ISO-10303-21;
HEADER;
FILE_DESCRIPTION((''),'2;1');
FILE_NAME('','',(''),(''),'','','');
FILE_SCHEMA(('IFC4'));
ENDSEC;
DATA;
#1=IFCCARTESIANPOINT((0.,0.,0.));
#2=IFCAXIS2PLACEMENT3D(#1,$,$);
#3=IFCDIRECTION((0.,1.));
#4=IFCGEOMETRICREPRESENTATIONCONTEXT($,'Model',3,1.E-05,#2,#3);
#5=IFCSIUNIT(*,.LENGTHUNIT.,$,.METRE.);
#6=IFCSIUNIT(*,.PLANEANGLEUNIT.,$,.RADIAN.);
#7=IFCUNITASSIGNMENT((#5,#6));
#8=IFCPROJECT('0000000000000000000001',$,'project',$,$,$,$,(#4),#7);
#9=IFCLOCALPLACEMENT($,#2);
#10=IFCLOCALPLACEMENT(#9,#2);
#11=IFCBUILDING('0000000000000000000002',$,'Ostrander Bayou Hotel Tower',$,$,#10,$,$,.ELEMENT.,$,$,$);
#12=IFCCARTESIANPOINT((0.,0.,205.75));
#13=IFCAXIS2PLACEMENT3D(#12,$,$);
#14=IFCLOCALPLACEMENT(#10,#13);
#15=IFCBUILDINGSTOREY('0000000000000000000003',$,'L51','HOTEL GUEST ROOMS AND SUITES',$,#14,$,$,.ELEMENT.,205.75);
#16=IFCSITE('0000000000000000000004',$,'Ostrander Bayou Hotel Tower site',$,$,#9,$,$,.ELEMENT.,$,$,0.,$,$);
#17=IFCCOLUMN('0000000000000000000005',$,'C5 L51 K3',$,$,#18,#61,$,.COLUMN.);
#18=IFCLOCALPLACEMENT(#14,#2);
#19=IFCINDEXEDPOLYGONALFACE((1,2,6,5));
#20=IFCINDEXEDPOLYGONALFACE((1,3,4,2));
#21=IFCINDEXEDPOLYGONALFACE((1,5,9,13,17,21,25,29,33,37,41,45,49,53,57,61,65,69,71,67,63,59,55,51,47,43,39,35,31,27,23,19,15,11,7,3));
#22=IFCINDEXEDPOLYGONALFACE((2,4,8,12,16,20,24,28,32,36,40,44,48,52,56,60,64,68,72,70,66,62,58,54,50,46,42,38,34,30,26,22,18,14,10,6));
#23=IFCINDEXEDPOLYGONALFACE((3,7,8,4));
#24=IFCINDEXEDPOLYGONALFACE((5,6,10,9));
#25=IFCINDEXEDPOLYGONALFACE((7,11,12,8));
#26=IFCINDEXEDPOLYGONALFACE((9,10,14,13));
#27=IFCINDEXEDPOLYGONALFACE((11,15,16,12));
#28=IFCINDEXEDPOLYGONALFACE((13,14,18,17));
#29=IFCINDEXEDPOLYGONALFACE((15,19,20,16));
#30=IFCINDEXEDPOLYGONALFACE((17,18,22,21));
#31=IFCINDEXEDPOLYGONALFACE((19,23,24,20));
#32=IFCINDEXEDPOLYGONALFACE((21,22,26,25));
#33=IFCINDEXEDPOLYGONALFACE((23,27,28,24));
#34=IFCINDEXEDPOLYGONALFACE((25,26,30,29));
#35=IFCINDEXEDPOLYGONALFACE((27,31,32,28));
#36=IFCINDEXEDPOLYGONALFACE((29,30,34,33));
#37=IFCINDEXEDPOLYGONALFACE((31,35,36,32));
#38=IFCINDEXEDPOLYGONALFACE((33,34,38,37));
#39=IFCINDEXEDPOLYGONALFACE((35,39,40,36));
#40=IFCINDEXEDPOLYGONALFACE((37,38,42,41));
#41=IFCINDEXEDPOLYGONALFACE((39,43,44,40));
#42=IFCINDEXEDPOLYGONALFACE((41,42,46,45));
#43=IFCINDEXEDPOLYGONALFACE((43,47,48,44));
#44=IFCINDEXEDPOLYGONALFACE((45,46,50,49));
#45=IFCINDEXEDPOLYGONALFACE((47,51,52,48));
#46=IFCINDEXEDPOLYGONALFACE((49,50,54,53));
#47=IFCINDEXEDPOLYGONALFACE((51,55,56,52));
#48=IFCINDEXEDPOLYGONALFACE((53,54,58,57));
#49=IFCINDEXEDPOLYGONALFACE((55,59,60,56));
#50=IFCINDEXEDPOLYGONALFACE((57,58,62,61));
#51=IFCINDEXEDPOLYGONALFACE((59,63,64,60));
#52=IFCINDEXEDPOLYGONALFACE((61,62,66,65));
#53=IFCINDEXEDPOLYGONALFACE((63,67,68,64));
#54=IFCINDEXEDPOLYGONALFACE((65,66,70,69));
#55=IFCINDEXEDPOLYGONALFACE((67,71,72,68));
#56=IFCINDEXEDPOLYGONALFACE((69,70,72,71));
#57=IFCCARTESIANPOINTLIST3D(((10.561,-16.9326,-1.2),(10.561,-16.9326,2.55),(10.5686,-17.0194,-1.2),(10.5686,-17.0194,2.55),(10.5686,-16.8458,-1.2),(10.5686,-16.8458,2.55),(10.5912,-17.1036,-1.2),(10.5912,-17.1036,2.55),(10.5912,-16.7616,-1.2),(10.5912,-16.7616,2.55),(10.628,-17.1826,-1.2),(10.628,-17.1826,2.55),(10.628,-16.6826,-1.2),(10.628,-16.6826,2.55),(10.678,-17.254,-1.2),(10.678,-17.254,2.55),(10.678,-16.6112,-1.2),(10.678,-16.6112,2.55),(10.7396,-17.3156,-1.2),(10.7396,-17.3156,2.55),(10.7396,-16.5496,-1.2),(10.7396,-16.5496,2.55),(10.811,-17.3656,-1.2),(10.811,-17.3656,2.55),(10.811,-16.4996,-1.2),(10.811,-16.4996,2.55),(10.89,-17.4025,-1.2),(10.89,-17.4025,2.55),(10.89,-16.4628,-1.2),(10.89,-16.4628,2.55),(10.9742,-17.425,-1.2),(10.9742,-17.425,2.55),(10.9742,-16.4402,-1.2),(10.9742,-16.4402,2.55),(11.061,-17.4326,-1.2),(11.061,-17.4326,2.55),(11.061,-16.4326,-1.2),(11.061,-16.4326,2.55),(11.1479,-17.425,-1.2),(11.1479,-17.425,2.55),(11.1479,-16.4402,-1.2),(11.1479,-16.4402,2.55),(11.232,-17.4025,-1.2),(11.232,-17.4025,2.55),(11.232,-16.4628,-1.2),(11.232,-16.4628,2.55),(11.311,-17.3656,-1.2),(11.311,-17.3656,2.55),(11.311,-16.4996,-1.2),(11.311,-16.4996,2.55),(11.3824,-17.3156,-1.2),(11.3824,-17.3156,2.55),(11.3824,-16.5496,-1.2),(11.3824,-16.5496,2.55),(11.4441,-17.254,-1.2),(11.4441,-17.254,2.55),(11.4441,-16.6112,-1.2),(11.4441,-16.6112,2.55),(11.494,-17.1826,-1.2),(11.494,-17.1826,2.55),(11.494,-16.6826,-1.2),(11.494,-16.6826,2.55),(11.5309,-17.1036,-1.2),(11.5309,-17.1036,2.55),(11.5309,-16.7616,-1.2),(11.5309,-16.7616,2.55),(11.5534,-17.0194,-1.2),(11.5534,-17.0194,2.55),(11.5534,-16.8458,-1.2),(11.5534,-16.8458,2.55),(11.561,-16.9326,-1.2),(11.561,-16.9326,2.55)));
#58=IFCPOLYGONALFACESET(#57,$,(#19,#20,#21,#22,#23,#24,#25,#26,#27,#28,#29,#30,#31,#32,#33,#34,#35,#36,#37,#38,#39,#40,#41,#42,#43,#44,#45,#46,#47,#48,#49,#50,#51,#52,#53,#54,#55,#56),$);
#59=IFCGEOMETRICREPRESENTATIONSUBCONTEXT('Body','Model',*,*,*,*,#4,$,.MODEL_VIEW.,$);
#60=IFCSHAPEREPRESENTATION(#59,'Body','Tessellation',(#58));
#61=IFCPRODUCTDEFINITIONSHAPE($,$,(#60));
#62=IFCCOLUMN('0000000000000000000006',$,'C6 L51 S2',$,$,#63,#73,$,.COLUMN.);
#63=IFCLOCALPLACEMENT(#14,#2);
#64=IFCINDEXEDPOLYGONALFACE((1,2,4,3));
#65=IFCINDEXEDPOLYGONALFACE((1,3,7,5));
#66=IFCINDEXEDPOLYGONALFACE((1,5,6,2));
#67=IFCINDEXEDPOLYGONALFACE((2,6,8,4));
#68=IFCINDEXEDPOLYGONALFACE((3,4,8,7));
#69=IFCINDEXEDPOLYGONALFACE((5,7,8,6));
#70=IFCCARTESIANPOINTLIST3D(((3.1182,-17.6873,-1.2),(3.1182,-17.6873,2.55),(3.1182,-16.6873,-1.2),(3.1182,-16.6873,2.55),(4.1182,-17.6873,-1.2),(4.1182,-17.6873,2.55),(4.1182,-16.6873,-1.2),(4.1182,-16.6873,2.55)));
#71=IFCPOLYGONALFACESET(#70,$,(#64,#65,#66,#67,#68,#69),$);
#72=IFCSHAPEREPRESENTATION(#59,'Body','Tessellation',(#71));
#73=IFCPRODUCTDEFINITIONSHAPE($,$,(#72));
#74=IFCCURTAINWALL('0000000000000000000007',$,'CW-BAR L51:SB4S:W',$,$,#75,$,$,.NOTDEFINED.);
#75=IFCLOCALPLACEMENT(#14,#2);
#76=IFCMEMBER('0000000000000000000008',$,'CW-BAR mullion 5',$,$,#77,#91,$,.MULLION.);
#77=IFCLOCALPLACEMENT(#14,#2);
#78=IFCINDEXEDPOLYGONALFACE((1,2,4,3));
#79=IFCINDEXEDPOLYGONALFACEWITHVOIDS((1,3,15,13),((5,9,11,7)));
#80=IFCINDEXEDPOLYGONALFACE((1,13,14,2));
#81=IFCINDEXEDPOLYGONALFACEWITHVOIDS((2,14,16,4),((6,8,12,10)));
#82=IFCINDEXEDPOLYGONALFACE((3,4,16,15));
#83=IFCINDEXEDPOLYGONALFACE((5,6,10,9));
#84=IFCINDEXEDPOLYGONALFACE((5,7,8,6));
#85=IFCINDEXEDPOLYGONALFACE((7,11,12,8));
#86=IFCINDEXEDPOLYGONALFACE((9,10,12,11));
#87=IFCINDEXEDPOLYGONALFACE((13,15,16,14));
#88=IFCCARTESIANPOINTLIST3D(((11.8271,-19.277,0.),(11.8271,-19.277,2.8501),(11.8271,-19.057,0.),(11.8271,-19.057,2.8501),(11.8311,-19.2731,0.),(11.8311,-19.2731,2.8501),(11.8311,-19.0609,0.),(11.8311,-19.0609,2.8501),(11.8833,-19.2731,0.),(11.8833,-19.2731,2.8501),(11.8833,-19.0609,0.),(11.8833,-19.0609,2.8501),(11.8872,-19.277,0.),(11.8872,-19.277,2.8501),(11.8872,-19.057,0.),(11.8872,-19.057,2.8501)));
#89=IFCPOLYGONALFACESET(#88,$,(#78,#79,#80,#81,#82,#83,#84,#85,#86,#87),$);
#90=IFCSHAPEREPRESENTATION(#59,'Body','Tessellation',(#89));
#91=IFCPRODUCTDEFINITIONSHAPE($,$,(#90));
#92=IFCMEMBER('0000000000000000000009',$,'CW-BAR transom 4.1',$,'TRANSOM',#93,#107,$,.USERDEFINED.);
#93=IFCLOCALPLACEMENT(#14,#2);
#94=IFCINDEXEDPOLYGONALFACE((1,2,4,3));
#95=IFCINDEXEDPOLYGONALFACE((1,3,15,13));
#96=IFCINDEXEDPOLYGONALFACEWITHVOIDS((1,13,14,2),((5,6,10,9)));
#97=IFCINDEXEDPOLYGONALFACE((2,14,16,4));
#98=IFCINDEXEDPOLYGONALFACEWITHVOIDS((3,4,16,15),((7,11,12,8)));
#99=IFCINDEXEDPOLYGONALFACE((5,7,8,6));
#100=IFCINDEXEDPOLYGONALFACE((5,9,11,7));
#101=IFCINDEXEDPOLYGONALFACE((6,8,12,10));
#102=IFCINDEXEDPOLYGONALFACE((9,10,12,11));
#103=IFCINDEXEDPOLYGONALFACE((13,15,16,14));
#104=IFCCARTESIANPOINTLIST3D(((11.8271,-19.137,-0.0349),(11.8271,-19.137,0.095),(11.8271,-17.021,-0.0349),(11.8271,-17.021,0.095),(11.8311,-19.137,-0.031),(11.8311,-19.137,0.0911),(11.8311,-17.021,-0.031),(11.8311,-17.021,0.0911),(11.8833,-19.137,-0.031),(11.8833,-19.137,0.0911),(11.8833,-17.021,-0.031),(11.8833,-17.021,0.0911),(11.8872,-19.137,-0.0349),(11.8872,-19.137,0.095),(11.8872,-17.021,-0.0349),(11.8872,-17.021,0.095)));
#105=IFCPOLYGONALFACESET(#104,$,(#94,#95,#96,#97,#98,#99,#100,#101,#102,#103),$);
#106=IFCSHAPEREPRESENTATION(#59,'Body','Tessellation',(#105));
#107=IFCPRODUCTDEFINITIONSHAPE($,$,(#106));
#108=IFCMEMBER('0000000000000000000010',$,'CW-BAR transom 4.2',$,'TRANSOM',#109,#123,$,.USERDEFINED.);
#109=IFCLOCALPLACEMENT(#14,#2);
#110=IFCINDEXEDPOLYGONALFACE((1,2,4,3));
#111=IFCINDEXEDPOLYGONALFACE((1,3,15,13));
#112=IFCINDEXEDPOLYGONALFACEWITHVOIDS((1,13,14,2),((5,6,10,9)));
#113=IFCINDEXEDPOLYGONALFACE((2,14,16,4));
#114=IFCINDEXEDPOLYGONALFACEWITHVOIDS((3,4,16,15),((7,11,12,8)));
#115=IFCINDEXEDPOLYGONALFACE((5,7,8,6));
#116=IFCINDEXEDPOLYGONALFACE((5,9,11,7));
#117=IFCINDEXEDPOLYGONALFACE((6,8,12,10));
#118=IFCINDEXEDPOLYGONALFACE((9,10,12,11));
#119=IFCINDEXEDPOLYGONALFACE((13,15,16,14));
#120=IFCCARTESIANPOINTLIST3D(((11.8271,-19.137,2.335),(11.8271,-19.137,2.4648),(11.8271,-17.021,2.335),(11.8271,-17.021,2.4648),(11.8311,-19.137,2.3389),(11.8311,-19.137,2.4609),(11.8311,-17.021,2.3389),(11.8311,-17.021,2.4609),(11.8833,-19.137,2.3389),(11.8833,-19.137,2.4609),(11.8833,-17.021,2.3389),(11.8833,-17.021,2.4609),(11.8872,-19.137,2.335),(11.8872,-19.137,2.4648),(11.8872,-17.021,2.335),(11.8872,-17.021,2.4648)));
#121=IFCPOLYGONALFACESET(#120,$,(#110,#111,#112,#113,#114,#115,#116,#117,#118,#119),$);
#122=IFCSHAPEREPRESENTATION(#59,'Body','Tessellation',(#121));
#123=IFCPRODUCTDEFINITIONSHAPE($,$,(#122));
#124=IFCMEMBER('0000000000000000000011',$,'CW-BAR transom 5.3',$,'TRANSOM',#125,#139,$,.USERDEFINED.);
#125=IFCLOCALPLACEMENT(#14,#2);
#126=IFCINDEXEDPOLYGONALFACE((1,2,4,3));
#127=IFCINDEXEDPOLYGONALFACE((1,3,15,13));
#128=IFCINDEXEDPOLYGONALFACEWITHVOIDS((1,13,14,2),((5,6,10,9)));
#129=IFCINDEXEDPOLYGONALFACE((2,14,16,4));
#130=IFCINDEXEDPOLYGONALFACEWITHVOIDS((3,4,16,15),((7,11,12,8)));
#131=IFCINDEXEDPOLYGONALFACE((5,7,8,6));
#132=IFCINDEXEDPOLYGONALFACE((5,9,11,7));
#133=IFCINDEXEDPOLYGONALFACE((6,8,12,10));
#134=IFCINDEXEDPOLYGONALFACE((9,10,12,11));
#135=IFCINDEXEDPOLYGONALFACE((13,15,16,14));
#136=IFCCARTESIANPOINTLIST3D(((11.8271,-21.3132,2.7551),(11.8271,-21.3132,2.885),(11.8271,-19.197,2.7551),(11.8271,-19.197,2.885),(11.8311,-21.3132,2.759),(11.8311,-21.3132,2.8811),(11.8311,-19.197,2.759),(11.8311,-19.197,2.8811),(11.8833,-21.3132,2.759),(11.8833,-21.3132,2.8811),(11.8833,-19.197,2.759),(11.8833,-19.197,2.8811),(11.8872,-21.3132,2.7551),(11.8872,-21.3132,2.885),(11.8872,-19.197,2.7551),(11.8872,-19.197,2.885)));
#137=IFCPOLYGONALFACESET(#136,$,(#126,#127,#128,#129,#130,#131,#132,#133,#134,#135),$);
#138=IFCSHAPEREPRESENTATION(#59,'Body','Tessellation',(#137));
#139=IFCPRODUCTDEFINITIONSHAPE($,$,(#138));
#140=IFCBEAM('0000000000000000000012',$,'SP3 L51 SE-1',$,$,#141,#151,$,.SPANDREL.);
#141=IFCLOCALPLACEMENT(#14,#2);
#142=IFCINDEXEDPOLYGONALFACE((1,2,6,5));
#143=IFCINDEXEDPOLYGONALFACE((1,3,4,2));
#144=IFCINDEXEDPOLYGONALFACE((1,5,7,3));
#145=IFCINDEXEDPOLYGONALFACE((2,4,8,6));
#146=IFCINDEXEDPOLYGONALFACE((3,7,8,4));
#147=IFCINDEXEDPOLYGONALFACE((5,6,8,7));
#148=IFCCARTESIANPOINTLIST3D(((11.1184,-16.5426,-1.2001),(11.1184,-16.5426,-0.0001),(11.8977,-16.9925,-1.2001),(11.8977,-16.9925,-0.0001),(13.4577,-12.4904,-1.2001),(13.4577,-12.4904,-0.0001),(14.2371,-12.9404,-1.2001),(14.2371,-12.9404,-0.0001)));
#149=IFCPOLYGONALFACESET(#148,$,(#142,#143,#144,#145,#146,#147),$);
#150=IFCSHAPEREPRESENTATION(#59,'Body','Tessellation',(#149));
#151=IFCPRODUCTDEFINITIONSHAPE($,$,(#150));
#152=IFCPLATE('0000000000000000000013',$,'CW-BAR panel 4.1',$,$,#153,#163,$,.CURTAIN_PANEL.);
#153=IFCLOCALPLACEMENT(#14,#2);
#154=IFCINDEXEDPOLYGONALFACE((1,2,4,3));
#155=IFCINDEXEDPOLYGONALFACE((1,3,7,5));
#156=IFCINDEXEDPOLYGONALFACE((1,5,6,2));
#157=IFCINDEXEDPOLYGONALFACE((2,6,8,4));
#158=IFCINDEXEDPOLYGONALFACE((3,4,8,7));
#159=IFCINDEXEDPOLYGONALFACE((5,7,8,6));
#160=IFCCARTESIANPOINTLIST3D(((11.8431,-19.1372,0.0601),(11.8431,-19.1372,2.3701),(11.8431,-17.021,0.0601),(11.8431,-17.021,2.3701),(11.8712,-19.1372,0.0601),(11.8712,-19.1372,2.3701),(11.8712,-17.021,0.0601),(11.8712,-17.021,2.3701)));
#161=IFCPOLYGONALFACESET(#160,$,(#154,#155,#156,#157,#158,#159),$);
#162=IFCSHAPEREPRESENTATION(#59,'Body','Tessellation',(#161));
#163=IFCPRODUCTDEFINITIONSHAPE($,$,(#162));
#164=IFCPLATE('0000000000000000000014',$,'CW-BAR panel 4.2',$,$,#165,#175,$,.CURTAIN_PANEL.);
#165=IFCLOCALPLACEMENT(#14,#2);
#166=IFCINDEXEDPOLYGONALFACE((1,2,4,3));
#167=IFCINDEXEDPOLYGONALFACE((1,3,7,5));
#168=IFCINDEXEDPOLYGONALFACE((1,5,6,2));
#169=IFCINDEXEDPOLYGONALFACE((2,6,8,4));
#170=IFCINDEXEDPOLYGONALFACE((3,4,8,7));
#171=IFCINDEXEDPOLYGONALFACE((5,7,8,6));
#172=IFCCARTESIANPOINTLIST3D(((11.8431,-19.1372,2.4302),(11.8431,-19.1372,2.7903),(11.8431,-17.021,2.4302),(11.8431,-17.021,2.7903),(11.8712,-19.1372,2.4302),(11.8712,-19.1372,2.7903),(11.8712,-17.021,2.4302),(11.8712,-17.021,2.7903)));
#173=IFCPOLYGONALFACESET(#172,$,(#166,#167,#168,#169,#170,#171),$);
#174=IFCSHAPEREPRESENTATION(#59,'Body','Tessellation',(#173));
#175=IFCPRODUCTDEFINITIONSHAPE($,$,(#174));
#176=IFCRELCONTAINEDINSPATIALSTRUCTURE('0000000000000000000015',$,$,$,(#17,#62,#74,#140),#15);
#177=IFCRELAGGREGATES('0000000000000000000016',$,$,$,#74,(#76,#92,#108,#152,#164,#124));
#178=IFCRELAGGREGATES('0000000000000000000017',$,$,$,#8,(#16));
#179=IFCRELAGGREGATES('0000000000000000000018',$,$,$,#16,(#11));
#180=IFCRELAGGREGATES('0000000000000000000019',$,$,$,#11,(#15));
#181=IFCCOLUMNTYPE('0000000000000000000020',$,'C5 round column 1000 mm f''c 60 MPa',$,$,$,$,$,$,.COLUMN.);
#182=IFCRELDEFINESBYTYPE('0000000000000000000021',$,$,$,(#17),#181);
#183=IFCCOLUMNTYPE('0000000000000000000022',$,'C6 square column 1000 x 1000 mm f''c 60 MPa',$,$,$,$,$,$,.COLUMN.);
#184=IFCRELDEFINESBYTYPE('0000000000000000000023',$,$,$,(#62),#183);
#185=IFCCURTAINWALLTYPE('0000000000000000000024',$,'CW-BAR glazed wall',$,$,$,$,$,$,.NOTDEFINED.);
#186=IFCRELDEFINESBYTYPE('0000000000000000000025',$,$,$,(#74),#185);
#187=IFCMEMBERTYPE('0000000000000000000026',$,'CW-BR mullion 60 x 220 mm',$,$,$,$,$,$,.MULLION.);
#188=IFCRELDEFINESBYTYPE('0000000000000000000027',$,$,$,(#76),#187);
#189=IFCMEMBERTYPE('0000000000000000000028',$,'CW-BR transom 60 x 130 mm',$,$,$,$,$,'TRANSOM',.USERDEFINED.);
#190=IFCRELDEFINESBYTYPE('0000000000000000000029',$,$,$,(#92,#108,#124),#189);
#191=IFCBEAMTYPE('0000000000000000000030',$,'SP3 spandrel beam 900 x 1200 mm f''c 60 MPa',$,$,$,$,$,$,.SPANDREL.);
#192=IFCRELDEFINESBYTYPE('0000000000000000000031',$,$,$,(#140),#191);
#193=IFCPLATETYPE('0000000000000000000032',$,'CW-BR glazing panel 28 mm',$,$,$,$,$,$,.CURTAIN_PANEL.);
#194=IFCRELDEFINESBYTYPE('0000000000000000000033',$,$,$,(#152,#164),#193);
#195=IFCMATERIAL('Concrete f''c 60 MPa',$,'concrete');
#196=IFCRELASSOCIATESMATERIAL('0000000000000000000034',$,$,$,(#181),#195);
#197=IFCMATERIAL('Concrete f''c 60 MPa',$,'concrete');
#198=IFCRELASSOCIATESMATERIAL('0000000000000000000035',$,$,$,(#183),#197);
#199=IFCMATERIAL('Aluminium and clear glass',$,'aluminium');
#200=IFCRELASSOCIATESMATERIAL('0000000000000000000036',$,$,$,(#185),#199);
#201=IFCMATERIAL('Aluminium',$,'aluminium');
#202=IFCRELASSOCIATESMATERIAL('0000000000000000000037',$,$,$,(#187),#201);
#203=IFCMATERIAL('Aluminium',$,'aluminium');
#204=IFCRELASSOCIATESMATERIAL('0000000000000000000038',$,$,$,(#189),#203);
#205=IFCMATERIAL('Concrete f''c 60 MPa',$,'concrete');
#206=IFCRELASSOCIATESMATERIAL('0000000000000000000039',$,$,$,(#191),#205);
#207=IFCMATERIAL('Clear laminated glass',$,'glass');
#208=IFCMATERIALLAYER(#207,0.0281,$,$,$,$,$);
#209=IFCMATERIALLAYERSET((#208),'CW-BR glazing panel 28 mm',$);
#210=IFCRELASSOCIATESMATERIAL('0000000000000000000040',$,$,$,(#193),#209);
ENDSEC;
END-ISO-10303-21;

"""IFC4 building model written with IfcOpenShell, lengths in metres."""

from ifc_helpers import new_model, si_unit, direction, frame, origin, origin_2d, place, context, subcontext, project, spatial, rectangle, hollow_rectangle, circle, extrude, material, layer, layer_set, material_profile, profile_set, type_object, element, aggregate, save


model = new_model("IFC4")

# Units and contexts
model_context = context("Model", 3, precision=1e-05, world=origin(), true_north=direction((0.0, 1.0)))
body_context = subcontext(model_context, "Body", "Model", "MODEL_VIEW")
ifc_project = project(units=[si_unit("LENGTHUNIT", "METRE"), si_unit("PLANEANGLEUNIT", "RADIAN")], contexts=[model_context])

# Site, building, storey
site_placement = place(None, origin())
site = spatial("IfcSite", under=ifc_project, at=site_placement, Name="Ostrander Bayou Hotel Tower site", CompositionType="ELEMENT", RefElevation=0.0)
building_placement = place(site_placement, origin())
building = spatial("IfcBuilding", under=site, at=building_placement, Name="Ostrander Bayou Hotel Tower", CompositionType="ELEMENT")
storey_placement = place(building_placement, frame((0.0, 0.0, 205.75)))
storey = spatial("IfcBuildingStorey", under=building, at=storey_placement, Name="L51", Description="HOTEL GUEST ROOMS AND SUITES", CompositionType="ELEMENT", Elevation=205.75)

# Columns
ifc_material_1 = material(Name="Concrete f'c 60 MPa", Category="concrete")
ifc_material_profile_1 = material_profile(ifc_material_1, circle(Radius=0.5, at=origin_2d()))
ifc_profile_set_1 = profile_set([ifc_material_profile_1], Name="Concrete f'c 60 MPa")
column_type_1 = type_object("IfcColumnType", Name="C5 round column 1000 mm f'c 60 MPa", PredefinedType="COLUMN", material=ifc_profile_set_1)
column_1_placement = place(storey_placement, frame((11.061, -16.9326, -1.2), z_axis=(0.0, 0.0, 1.0), x_axis=(1.0, 0.0, 0.0)))
element("IfcColumn", 1, at=column_1_placement, inside=storey, type_object=column_type_1, Name="C5 L51 K3", PredefinedType="COLUMN", context=body_context, shape_type="SweptSolid", body=[
    extrude(circle(Radius=0.5, at=origin_2d()), origin(), (0.0, 0.0, 1.0), 3.75),
])
ifc_material_2 = material(Name="Concrete f'c 60 MPa", Category="concrete")
ifc_material_profile_2 = material_profile(ifc_material_2, rectangle(XDim=1.0, YDim=1.0, at=origin_2d()))
ifc_profile_set_2 = profile_set([ifc_material_profile_2], Name="Concrete f'c 60 MPa")
column_type_2 = type_object("IfcColumnType", Name="C6 square column 1000 x 1000 mm f'c 60 MPa", PredefinedType="COLUMN", material=ifc_profile_set_2)
column_2_placement = place(storey_placement, frame((3.6182, -17.1873, -1.2), z_axis=(0.0, 0.0, 1.0), x_axis=(-1.0, 0.0, 0.0)))
element("IfcColumn", 2, at=column_2_placement, inside=storey, type_object=column_type_2, Name="C6 L51 S2", PredefinedType="COLUMN", context=body_context, shape_type="SweptSolid", body=[
    extrude(rectangle(XDim=1.0, YDim=1.0, at=origin_2d()), origin(), (0.0, 0.0, 1.0), 3.75),
])

# Curtain wall, members
ifc_material_3 = material(Name="Aluminium and clear glass", Category="aluminium")
curtain_wall_type = type_object("IfcCurtainWallType", Name="CW-BAR glazed wall", PredefinedType="NOTDEFINED", material=ifc_material_3)
curtain_wall_placement = place(storey_placement, origin())
curtain_wall = element("IfcCurtainWall", 3, at=curtain_wall_placement, inside=storey, type_object=curtain_wall_type, Name="CW-BAR L51:SB4S:W", PredefinedType="NOTDEFINED")
ifc_material_4 = material(Name="Aluminium", Category="aluminium")
ifc_material_profile_3 = material_profile(ifc_material_4, hollow_rectangle(XDim=0.0601, YDim=0.22, WallThickness=0.0039, at=origin_2d()))
ifc_profile_set_3 = profile_set([ifc_material_profile_3], Name="Aluminium")
member_type_1 = type_object("IfcMemberType", Name="CW-BR mullion 60 x 220 mm", PredefinedType="MULLION", material=ifc_profile_set_3)
member_1_placement = place(storey_placement, frame((11.8572, -19.167, 0.0), z_axis=(0.0, 0.0, 1.0), x_axis=(1.0, 0.0, 0.0)))
member_1 = element("IfcMember", 4, at=member_1_placement, type_object=member_type_1, Name="CW-BAR mullion 5", PredefinedType="MULLION", context=body_context, shape_type="SweptSolid", body=[
    extrude(hollow_rectangle(XDim=0.0601, YDim=0.22, WallThickness=0.0039, at=origin_2d()), origin(), (0.0, 0.0, 1.0), 2.8501),
])
ifc_material_5 = material(Name="Aluminium", Category="aluminium")
ifc_material_profile_4 = material_profile(ifc_material_5, hollow_rectangle(XDim=0.0601, YDim=0.1299, WallThickness=0.0039, at=origin_2d()))
ifc_profile_set_4 = profile_set([ifc_material_profile_4], Name="Aluminium")
member_type_2 = type_object("IfcMemberType", Name="CW-BR transom 60 x 130 mm", ElementType="TRANSOM", PredefinedType="USERDEFINED", material=ifc_profile_set_4)
member_2_placement = place(storey_placement, frame((11.8572, -17.021, 0.03), z_axis=(0.0, -1.0, 0.0), x_axis=(1.0, 0.0, 0.0)))
member_2 = element("IfcMember", 5, at=member_2_placement, type_object=member_type_2, Name="CW-BAR transom 4.1", ObjectType="TRANSOM", PredefinedType="USERDEFINED", context=body_context, shape_type="SweptSolid", body=[
    extrude(hollow_rectangle(XDim=0.0601, YDim=0.1299, WallThickness=0.0039, at=origin_2d()), origin(), (0.0, 0.0, 1.0), 2.116),
])
member_3_placement = place(storey_placement, frame((11.8572, -17.021, 2.3999), z_axis=(0.0, -1.0, 0.0), x_axis=(1.0, 0.0, 0.0)))
member_3 = element("IfcMember", 6, at=member_3_placement, type_object=member_type_2, Name="CW-BAR transom 4.2", ObjectType="TRANSOM", PredefinedType="USERDEFINED", context=body_context, shape_type="SweptSolid", body=[
    extrude(hollow_rectangle(XDim=0.0601, YDim=0.1299, WallThickness=0.0039, at=origin_2d()), origin(), (0.0, 0.0, 1.0), 2.116),
])
member_4_placement = place(storey_placement, frame((11.8572, -19.197, 2.8201), z_axis=(0.0, -1.0, 0.0), x_axis=(1.0, 0.0, 0.0)))
member_4 = element("IfcMember", 7, at=member_4_placement, type_object=member_type_2, Name="CW-BAR transom 5.3", ObjectType="TRANSOM", PredefinedType="USERDEFINED", context=body_context, shape_type="SweptSolid", body=[
    extrude(hollow_rectangle(XDim=0.0601, YDim=0.1299, WallThickness=0.0039, at=origin_2d()), origin(), (0.0, 0.0, 1.0), 2.1162),
])

# Beam
ifc_material_6 = material(Name="Concrete f'c 60 MPa", Category="concrete")
ifc_material_profile_5 = material_profile(ifc_material_6, rectangle(XDim=0.8999, YDim=1.2, at=origin_2d()))
ifc_profile_set_5 = profile_set([ifc_material_profile_5], Name="Concrete f'c 60 MPa")
beam_type = type_object("IfcBeamType", Name="SP3 spandrel beam 900 x 1200 mm f'c 60 MPa", PredefinedType="SPANDREL", material=ifc_profile_set_5)
beam_placement = place(storey_placement, frame((11.5081, -16.7676, -0.6001), z_axis=(0.499966, 0.866045, 0.0), x_axis=(-0.866045, 0.499966, 0.0)))
element("IfcBeam", 8, at=beam_placement, inside=storey, type_object=beam_type, Name="SP3 L51 SE-1", PredefinedType="SPANDREL", context=body_context, shape_type="SweptSolid", body=[
    extrude(rectangle(XDim=0.8999, YDim=1.2, at=origin_2d()), origin(), (0.0, 0.0, 1.0), 4.679),
])

# Plates
ifc_material_7 = material(Name="Clear laminated glass", Category="glass")
ifc_layer_1 = layer(ifc_material_7, 0.0281)
ifc_layer_set_1 = layer_set([ifc_layer_1], Name="CW-BR glazing panel 28 mm")
plate_type = type_object("IfcPlateType", Name="CW-BR glazing panel 28 mm", PredefinedType="CURTAIN_PANEL", material=ifc_layer_set_1)
plate_1_placement = place(storey_placement, frame((11.8572, -18.0791, 0.0601), z_axis=(0.0, 0.0, 1.0), x_axis=(0.0, -1.0, 0.0)))
plate_1 = element("IfcPlate", 9, at=plate_1_placement, type_object=plate_type, Name="CW-BAR panel 4.1", PredefinedType="CURTAIN_PANEL", context=body_context, shape_type="SweptSolid", body=[
    extrude(rectangle(XDim=2.1162, YDim=0.0281, at=origin_2d()), origin(), (0.0, 0.0, 1.0), 2.3101),
])
plate_2_placement = place(storey_placement, frame((11.8572, -18.0791, 2.4302), z_axis=(0.0, 0.0, 1.0), x_axis=(0.0, -1.0, 0.0)))
plate_2 = element("IfcPlate", 10, at=plate_2_placement, type_object=plate_type, Name="CW-BAR panel 4.2", PredefinedType="CURTAIN_PANEL", context=body_context, shape_type="SweptSolid", body=[
    extrude(rectangle(XDim=2.1162, YDim=0.0281, at=origin_2d()), origin(), (0.0, 0.0, 1.0), 0.3601),
])
aggregate(curtain_wall, [member_1, member_2, member_3, plate_1, plate_2, member_4])

save(model, "model.ifc")
